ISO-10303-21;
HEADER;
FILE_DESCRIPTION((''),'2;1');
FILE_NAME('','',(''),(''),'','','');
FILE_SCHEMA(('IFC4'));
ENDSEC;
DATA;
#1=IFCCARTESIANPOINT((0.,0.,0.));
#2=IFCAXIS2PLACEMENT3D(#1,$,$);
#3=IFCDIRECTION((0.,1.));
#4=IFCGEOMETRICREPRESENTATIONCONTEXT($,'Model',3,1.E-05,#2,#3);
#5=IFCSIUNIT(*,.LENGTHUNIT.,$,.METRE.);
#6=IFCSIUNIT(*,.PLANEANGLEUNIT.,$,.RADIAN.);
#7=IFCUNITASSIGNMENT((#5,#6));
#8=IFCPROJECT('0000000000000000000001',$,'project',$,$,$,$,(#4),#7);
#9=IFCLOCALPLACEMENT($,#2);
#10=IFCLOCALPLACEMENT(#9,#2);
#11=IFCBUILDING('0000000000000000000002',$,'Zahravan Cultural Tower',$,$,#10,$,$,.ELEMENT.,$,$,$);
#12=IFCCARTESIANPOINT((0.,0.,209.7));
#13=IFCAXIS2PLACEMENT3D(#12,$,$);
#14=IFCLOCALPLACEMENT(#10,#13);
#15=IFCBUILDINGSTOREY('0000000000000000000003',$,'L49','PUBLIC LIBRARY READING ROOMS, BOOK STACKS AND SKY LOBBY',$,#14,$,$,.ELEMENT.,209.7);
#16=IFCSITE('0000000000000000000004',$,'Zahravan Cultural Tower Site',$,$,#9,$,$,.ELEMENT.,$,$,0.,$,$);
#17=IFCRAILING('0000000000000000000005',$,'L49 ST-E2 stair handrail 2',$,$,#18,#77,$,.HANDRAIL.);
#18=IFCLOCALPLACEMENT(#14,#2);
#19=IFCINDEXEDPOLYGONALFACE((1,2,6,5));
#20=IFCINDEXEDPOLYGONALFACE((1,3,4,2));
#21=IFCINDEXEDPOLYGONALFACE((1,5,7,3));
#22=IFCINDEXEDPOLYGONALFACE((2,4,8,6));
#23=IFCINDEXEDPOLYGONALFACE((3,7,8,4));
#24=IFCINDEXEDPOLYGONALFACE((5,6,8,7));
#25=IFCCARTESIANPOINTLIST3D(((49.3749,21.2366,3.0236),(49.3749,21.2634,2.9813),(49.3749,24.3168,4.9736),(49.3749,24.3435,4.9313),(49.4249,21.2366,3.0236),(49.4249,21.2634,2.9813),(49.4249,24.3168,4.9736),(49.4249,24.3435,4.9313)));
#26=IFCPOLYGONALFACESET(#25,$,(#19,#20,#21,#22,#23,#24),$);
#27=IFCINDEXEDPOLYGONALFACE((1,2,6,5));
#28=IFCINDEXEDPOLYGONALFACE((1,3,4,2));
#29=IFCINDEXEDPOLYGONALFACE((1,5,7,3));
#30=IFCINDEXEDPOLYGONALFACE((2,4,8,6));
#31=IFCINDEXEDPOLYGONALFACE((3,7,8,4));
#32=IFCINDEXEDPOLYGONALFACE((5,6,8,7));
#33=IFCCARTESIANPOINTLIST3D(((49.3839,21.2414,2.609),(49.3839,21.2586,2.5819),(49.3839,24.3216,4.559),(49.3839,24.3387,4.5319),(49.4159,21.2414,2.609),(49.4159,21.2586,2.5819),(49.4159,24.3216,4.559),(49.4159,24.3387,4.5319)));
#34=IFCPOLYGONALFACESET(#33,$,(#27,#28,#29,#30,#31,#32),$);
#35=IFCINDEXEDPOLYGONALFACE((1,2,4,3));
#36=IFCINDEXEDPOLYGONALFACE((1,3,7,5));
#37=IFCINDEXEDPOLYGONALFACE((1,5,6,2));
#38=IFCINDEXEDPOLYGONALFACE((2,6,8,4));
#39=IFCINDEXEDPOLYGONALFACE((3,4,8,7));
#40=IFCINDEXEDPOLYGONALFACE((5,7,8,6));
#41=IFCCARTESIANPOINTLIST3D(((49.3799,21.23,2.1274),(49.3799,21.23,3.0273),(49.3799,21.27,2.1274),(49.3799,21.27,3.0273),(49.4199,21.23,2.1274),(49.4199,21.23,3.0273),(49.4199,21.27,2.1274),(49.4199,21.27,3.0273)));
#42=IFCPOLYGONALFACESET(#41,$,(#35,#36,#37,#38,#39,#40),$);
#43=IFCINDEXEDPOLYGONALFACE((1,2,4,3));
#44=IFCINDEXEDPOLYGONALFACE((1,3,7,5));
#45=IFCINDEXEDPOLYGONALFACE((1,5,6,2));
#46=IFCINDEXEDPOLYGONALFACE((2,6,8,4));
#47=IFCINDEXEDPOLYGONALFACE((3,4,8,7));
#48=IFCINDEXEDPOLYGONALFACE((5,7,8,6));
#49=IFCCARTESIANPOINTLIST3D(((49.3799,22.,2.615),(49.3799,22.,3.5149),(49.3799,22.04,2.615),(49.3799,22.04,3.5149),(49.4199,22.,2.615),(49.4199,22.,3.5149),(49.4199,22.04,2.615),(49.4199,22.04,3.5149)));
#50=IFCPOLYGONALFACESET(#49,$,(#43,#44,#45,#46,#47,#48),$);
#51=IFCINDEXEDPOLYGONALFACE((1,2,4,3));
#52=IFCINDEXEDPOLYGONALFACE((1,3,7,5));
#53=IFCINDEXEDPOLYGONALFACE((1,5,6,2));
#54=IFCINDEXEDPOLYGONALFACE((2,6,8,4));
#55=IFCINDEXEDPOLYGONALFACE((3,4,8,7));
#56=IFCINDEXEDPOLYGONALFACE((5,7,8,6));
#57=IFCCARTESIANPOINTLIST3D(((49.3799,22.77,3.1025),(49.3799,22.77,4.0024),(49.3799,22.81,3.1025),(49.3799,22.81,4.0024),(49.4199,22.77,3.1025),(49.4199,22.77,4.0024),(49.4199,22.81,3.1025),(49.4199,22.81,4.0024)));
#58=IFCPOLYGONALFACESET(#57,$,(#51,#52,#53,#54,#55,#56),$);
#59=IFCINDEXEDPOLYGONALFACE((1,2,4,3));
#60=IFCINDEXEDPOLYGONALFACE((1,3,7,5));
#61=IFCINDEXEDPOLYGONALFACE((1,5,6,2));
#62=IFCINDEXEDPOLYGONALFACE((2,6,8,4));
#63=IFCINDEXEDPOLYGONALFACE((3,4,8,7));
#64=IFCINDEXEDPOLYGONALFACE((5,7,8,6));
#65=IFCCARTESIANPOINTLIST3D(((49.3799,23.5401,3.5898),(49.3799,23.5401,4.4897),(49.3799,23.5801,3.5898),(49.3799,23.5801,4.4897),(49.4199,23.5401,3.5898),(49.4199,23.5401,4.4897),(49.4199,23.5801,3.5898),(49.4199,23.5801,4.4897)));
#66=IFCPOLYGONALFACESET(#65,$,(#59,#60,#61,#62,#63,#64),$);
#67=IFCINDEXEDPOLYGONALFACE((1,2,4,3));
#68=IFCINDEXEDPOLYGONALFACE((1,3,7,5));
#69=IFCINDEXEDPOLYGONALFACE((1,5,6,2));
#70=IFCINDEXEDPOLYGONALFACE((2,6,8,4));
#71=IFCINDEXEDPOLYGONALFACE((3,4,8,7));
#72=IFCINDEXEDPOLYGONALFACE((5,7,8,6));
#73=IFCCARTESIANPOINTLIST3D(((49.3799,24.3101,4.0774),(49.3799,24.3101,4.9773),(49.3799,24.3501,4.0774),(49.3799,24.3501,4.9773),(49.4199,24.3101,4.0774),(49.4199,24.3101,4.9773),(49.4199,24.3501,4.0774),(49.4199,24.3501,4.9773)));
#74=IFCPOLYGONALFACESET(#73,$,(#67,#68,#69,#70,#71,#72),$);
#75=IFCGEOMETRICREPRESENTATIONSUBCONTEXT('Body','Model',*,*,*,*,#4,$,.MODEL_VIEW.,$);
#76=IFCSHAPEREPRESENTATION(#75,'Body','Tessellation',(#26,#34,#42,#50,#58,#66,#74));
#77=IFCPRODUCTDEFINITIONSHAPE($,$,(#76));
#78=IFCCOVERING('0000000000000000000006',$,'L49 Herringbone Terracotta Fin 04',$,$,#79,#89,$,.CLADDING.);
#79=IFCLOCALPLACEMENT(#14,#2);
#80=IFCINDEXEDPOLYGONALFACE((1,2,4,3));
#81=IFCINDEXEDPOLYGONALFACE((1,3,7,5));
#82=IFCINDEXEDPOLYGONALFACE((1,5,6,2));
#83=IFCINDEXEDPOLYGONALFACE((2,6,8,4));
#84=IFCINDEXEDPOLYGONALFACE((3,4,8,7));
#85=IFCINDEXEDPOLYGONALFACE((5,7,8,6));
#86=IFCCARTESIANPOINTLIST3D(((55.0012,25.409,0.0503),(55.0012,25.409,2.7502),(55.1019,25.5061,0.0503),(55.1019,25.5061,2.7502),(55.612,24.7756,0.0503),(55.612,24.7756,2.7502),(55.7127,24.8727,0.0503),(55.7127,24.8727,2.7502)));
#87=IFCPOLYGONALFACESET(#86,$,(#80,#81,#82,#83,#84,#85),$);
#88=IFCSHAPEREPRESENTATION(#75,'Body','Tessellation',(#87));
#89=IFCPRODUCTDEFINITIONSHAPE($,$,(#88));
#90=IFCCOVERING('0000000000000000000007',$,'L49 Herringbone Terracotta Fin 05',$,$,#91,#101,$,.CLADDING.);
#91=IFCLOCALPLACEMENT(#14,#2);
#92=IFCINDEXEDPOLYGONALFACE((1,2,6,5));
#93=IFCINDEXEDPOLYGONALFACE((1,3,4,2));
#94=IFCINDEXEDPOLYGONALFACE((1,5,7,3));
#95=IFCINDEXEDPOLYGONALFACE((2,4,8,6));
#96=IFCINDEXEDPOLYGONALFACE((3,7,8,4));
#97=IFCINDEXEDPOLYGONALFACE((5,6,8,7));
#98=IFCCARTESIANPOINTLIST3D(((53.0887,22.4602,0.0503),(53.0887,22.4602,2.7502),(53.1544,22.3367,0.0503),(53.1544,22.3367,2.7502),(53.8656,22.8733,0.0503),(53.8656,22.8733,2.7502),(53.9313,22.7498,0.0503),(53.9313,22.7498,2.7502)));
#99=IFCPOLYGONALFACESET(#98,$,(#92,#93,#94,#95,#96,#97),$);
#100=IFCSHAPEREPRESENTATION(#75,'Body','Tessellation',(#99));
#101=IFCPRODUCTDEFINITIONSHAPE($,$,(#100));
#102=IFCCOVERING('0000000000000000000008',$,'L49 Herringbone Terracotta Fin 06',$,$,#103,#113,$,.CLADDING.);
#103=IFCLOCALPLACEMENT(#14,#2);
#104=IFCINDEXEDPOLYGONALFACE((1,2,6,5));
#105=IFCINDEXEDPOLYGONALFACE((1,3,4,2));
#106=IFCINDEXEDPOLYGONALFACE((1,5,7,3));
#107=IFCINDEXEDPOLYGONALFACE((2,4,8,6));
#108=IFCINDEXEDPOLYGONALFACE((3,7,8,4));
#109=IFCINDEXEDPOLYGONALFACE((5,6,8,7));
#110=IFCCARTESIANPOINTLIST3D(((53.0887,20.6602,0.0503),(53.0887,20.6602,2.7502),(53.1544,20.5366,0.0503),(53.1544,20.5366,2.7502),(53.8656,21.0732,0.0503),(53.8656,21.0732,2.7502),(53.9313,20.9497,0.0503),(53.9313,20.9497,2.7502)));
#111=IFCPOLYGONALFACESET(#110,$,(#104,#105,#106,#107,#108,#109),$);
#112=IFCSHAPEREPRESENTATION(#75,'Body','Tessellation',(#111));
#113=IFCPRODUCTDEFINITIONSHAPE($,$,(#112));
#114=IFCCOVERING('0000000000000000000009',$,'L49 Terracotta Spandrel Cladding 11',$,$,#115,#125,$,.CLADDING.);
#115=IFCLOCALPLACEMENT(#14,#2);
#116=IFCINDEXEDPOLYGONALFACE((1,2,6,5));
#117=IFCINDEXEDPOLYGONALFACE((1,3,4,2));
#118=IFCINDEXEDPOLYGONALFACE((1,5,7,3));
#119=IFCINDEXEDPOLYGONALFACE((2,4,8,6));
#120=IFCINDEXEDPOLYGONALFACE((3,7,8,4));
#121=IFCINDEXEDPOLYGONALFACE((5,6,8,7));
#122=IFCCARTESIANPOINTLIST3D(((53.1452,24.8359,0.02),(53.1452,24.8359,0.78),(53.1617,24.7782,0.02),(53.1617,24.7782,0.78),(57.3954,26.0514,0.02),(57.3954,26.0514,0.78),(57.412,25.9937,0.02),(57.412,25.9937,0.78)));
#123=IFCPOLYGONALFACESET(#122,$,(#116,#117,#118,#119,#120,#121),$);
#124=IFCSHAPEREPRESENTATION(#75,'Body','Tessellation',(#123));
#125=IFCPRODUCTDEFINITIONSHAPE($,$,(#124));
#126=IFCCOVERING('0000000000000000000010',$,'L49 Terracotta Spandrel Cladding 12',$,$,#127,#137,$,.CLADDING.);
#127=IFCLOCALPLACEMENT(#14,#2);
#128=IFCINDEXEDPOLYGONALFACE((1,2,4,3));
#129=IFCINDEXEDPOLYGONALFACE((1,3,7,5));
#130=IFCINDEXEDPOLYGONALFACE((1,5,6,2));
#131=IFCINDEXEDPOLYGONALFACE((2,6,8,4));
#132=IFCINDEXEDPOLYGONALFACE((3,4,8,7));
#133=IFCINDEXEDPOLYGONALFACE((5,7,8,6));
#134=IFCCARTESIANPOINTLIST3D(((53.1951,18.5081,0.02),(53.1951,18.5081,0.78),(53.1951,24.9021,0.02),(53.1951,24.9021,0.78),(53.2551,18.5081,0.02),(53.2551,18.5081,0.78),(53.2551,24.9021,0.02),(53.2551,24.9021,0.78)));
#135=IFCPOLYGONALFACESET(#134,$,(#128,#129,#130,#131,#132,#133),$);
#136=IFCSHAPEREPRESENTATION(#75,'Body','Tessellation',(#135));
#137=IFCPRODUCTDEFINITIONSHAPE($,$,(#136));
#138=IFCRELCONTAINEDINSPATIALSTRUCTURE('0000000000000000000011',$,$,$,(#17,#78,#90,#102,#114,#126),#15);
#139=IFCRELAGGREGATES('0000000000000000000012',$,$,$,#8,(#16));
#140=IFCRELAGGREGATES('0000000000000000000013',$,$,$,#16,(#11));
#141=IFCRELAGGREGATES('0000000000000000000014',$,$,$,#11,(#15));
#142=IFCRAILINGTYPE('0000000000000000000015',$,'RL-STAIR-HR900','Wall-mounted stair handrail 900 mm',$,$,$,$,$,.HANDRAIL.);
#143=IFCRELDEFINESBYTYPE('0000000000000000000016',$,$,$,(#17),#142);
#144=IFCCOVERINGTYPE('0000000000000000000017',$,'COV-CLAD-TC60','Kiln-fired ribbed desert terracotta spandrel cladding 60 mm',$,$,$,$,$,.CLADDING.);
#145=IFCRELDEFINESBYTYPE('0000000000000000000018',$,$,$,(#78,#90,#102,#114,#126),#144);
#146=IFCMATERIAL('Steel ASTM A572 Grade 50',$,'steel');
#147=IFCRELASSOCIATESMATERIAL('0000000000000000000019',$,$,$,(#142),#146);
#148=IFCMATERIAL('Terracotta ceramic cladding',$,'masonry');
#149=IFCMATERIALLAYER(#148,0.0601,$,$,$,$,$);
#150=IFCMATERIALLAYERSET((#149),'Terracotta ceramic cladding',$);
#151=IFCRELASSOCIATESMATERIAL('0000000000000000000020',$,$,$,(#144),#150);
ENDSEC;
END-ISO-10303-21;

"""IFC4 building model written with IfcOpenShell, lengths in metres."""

from ifc_helpers import new_model, si_unit, direction, frame, origin, origin_2d, place, context, subcontext, project, spatial, rectangle, extrude, source, transform, mapped, material, layer, layer_set, type_object, element, save


model = new_model("IFC4")

# Units and contexts
model_context = context("Model", 3, precision=1e-05, world=origin(), true_north=direction((0.0, 1.0)))
body_context = subcontext(model_context, "Body", "Model", "MODEL_VIEW")
ifc_project = project(units=[si_unit("LENGTHUNIT", "METRE"), si_unit("PLANEANGLEUNIT", "RADIAN")], contexts=[model_context])

# Site, building, storey
site_placement = place(None, origin())
site = spatial("IfcSite", under=ifc_project, at=site_placement, Name="Zahravan Cultural Tower Site", CompositionType="ELEMENT", RefElevation=0.0)
building_placement = place(site_placement, origin())
building = spatial("IfcBuilding", under=site, at=building_placement, Name="Zahravan Cultural Tower", CompositionType="ELEMENT")
storey_placement = place(building_placement, frame((0.0, 0.0, 209.7)))
storey = spatial("IfcBuildingStorey", under=building, at=storey_placement, Name="L49", Description="PUBLIC LIBRARY READING ROOMS, BOOK STACKS AND SKY LOBBY", CompositionType="ELEMENT", Elevation=209.7)

# Railing
ifc_material_1 = material(Name="Steel ASTM A572 Grade 50", Category="steel")
railing_type_1 = type_object("IfcRailingType", Name="RL-STAIR-HR900", Description="Wall-mounted stair handrail 900 mm", PredefinedType="HANDRAIL", material=ifc_material_1)
railing_1_placement = place(storey_placement, frame((49.3999, 21.25, 2.1274)))
element("IfcRailing", 1, at=railing_1_placement, inside=storey, type_object=railing_type_1, Name="L49 ST-E2 stair handrail 2", PredefinedType="HANDRAIL", context=body_context, shape_type="SweptSolid", body=[
    extrude(rectangle(XDim=0.05, YDim=0.05, at=origin_2d()), frame((0.0, 0.0, 0.875), z_axis=(0.0, 0.844914, 0.534902), x_axis=(-1.0, 0.0, 0.0)), (0.0, 0.0, 1.0), 3.6455),
    extrude(rectangle(XDim=0.032, YDim=0.032, at=origin_2d()), frame((0.0, 0.0, 0.468), z_axis=(0.0, 0.844914, 0.534902), x_axis=(-1.0, 0.0, 0.0)), (0.0, 0.0, 1.0), 3.6455),
    extrude(rectangle(XDim=0.04, YDim=0.04, at=origin_2d()), origin(), (0.0, 0.0, 1.0), 0.8999),
    extrude(rectangle(XDim=0.04, YDim=0.04, at=origin_2d()), frame((0.0, 0.77, 0.4875)), (0.0, 0.0, 1.0), 0.8999),
    extrude(rectangle(XDim=0.04, YDim=0.04, at=origin_2d()), frame((0.0, 1.54, 0.9751)), (0.0, 0.0, 1.0), 0.8999),
    extrude(rectangle(XDim=0.04, YDim=0.04, at=origin_2d()), frame((0.0, 2.3101, 1.4624)), (0.0, 0.0, 1.0), 0.8999),
    extrude(rectangle(XDim=0.04, YDim=0.04, at=origin_2d()), frame((0.0, 3.0801, 1.95)), (0.0, 0.0, 1.0), 0.8999),
])

# Coverings
ifc_material_2 = material(Name="Terracotta ceramic cladding", Category="masonry")
ifc_layer_1 = layer(ifc_material_2, 0.0601)
ifc_layer_set_1 = layer_set([ifc_layer_1], Name="Terracotta ceramic cladding")
covering_type = type_object("IfcCoveringType", Name="COV-CLAD-TC60", Description="Kiln-fired ribbed desert terracotta spandrel cladding 60 mm", PredefinedType="CLADDING", material=ifc_layer_set_1)
shared_shape_1 = source(origin(), body_context, "Body", "SweptSolid", [
    extrude(rectangle(XDim=0.8799, YDim=0.1399, at=origin_2d()), origin(), (0.0, 0.0, 1.0), 2.7),
])
for number, where, z_axis, x_axis, name in (
    (2, (55.3569, 25.1409, 0.0503), (0.0, 0.0, 1.0), (0.694143, -0.719837, 0.0), "L49 Herringbone Terracotta Fin 04"),
    (3, (53.51, 22.605, 0.0503), (0.0, 0.0, 1.0), (0.882948, 0.469472, 0.0), "L49 Herringbone Terracotta Fin 05"),
    (4, (53.51, 20.8049, 0.0503), (0.0, 0.0, 1.0), (0.882948, 0.469472, 0.0), "L49 Herringbone Terracotta Fin 06"),
):
    element("IfcCovering", number, at=place(storey_placement, frame(where, z_axis=z_axis, x_axis=x_axis)), inside=storey, type_object=covering_type, Name=name, PredefinedType="CLADDING", context=body_context, shape_type="MappedRepresentation", body=[
        mapped(shared_shape_1, transform((0.0, 0.0, 0.0), x_axis=(1.0, 0.0, 0.0), y_axis=(0.0, 1.0, 0.0), z_axis=(0.0, 0.0, 1.0), scale=1.0)),
    ])
shared_shape_2 = source(origin(), body_context, "Body", "SweptSolid", [
    extrude(rectangle(XDim=4.4207, YDim=0.0601, at=origin_2d()), origin(), (0.0, 0.0, 1.0), 0.76),
])
covering_1_placement = place(storey_placement, frame((55.2786, 25.4148, 0.02), z_axis=(0.0, 0.0, 1.0), x_axis=(-0.961459, -0.274949, 0.0)))
element("IfcCovering", 5, at=covering_1_placement, inside=storey, type_object=covering_type, Name="L49 Terracotta Spandrel Cladding 11", PredefinedType="CLADDING", context=body_context, shape_type="MappedRepresentation", body=[
    mapped(shared_shape_2, transform((0.0, 0.0, 0.0), x_axis=(1.0, 0.0, 0.0), y_axis=(0.0, 1.0, 0.0), z_axis=(0.0, 0.0, 1.0), scale=1.0)),
])
shared_shape_3 = source(origin(), body_context, "Body", "SweptSolid", [
    extrude(rectangle(XDim=6.394, YDim=0.0601, at=origin_2d()), origin(), (0.0, 0.0, 1.0), 0.76),
])
covering_2_placement = place(storey_placement, frame((53.2251, 21.7051, 0.02), z_axis=(0.0, 0.0, 1.0), x_axis=(0.0, -1.0, 0.0)))
element("IfcCovering", 6, at=covering_2_placement, inside=storey, type_object=covering_type, Name="L49 Terracotta Spandrel Cladding 12", PredefinedType="CLADDING", context=body_context, shape_type="MappedRepresentation", body=[
    mapped(shared_shape_3, transform((0.0, 0.0, 0.0), x_axis=(1.0, 0.0, 0.0), y_axis=(0.0, 1.0, 0.0), z_axis=(0.0, 0.0, 1.0), scale=1.0)),
])

save(model, "model.ifc")
